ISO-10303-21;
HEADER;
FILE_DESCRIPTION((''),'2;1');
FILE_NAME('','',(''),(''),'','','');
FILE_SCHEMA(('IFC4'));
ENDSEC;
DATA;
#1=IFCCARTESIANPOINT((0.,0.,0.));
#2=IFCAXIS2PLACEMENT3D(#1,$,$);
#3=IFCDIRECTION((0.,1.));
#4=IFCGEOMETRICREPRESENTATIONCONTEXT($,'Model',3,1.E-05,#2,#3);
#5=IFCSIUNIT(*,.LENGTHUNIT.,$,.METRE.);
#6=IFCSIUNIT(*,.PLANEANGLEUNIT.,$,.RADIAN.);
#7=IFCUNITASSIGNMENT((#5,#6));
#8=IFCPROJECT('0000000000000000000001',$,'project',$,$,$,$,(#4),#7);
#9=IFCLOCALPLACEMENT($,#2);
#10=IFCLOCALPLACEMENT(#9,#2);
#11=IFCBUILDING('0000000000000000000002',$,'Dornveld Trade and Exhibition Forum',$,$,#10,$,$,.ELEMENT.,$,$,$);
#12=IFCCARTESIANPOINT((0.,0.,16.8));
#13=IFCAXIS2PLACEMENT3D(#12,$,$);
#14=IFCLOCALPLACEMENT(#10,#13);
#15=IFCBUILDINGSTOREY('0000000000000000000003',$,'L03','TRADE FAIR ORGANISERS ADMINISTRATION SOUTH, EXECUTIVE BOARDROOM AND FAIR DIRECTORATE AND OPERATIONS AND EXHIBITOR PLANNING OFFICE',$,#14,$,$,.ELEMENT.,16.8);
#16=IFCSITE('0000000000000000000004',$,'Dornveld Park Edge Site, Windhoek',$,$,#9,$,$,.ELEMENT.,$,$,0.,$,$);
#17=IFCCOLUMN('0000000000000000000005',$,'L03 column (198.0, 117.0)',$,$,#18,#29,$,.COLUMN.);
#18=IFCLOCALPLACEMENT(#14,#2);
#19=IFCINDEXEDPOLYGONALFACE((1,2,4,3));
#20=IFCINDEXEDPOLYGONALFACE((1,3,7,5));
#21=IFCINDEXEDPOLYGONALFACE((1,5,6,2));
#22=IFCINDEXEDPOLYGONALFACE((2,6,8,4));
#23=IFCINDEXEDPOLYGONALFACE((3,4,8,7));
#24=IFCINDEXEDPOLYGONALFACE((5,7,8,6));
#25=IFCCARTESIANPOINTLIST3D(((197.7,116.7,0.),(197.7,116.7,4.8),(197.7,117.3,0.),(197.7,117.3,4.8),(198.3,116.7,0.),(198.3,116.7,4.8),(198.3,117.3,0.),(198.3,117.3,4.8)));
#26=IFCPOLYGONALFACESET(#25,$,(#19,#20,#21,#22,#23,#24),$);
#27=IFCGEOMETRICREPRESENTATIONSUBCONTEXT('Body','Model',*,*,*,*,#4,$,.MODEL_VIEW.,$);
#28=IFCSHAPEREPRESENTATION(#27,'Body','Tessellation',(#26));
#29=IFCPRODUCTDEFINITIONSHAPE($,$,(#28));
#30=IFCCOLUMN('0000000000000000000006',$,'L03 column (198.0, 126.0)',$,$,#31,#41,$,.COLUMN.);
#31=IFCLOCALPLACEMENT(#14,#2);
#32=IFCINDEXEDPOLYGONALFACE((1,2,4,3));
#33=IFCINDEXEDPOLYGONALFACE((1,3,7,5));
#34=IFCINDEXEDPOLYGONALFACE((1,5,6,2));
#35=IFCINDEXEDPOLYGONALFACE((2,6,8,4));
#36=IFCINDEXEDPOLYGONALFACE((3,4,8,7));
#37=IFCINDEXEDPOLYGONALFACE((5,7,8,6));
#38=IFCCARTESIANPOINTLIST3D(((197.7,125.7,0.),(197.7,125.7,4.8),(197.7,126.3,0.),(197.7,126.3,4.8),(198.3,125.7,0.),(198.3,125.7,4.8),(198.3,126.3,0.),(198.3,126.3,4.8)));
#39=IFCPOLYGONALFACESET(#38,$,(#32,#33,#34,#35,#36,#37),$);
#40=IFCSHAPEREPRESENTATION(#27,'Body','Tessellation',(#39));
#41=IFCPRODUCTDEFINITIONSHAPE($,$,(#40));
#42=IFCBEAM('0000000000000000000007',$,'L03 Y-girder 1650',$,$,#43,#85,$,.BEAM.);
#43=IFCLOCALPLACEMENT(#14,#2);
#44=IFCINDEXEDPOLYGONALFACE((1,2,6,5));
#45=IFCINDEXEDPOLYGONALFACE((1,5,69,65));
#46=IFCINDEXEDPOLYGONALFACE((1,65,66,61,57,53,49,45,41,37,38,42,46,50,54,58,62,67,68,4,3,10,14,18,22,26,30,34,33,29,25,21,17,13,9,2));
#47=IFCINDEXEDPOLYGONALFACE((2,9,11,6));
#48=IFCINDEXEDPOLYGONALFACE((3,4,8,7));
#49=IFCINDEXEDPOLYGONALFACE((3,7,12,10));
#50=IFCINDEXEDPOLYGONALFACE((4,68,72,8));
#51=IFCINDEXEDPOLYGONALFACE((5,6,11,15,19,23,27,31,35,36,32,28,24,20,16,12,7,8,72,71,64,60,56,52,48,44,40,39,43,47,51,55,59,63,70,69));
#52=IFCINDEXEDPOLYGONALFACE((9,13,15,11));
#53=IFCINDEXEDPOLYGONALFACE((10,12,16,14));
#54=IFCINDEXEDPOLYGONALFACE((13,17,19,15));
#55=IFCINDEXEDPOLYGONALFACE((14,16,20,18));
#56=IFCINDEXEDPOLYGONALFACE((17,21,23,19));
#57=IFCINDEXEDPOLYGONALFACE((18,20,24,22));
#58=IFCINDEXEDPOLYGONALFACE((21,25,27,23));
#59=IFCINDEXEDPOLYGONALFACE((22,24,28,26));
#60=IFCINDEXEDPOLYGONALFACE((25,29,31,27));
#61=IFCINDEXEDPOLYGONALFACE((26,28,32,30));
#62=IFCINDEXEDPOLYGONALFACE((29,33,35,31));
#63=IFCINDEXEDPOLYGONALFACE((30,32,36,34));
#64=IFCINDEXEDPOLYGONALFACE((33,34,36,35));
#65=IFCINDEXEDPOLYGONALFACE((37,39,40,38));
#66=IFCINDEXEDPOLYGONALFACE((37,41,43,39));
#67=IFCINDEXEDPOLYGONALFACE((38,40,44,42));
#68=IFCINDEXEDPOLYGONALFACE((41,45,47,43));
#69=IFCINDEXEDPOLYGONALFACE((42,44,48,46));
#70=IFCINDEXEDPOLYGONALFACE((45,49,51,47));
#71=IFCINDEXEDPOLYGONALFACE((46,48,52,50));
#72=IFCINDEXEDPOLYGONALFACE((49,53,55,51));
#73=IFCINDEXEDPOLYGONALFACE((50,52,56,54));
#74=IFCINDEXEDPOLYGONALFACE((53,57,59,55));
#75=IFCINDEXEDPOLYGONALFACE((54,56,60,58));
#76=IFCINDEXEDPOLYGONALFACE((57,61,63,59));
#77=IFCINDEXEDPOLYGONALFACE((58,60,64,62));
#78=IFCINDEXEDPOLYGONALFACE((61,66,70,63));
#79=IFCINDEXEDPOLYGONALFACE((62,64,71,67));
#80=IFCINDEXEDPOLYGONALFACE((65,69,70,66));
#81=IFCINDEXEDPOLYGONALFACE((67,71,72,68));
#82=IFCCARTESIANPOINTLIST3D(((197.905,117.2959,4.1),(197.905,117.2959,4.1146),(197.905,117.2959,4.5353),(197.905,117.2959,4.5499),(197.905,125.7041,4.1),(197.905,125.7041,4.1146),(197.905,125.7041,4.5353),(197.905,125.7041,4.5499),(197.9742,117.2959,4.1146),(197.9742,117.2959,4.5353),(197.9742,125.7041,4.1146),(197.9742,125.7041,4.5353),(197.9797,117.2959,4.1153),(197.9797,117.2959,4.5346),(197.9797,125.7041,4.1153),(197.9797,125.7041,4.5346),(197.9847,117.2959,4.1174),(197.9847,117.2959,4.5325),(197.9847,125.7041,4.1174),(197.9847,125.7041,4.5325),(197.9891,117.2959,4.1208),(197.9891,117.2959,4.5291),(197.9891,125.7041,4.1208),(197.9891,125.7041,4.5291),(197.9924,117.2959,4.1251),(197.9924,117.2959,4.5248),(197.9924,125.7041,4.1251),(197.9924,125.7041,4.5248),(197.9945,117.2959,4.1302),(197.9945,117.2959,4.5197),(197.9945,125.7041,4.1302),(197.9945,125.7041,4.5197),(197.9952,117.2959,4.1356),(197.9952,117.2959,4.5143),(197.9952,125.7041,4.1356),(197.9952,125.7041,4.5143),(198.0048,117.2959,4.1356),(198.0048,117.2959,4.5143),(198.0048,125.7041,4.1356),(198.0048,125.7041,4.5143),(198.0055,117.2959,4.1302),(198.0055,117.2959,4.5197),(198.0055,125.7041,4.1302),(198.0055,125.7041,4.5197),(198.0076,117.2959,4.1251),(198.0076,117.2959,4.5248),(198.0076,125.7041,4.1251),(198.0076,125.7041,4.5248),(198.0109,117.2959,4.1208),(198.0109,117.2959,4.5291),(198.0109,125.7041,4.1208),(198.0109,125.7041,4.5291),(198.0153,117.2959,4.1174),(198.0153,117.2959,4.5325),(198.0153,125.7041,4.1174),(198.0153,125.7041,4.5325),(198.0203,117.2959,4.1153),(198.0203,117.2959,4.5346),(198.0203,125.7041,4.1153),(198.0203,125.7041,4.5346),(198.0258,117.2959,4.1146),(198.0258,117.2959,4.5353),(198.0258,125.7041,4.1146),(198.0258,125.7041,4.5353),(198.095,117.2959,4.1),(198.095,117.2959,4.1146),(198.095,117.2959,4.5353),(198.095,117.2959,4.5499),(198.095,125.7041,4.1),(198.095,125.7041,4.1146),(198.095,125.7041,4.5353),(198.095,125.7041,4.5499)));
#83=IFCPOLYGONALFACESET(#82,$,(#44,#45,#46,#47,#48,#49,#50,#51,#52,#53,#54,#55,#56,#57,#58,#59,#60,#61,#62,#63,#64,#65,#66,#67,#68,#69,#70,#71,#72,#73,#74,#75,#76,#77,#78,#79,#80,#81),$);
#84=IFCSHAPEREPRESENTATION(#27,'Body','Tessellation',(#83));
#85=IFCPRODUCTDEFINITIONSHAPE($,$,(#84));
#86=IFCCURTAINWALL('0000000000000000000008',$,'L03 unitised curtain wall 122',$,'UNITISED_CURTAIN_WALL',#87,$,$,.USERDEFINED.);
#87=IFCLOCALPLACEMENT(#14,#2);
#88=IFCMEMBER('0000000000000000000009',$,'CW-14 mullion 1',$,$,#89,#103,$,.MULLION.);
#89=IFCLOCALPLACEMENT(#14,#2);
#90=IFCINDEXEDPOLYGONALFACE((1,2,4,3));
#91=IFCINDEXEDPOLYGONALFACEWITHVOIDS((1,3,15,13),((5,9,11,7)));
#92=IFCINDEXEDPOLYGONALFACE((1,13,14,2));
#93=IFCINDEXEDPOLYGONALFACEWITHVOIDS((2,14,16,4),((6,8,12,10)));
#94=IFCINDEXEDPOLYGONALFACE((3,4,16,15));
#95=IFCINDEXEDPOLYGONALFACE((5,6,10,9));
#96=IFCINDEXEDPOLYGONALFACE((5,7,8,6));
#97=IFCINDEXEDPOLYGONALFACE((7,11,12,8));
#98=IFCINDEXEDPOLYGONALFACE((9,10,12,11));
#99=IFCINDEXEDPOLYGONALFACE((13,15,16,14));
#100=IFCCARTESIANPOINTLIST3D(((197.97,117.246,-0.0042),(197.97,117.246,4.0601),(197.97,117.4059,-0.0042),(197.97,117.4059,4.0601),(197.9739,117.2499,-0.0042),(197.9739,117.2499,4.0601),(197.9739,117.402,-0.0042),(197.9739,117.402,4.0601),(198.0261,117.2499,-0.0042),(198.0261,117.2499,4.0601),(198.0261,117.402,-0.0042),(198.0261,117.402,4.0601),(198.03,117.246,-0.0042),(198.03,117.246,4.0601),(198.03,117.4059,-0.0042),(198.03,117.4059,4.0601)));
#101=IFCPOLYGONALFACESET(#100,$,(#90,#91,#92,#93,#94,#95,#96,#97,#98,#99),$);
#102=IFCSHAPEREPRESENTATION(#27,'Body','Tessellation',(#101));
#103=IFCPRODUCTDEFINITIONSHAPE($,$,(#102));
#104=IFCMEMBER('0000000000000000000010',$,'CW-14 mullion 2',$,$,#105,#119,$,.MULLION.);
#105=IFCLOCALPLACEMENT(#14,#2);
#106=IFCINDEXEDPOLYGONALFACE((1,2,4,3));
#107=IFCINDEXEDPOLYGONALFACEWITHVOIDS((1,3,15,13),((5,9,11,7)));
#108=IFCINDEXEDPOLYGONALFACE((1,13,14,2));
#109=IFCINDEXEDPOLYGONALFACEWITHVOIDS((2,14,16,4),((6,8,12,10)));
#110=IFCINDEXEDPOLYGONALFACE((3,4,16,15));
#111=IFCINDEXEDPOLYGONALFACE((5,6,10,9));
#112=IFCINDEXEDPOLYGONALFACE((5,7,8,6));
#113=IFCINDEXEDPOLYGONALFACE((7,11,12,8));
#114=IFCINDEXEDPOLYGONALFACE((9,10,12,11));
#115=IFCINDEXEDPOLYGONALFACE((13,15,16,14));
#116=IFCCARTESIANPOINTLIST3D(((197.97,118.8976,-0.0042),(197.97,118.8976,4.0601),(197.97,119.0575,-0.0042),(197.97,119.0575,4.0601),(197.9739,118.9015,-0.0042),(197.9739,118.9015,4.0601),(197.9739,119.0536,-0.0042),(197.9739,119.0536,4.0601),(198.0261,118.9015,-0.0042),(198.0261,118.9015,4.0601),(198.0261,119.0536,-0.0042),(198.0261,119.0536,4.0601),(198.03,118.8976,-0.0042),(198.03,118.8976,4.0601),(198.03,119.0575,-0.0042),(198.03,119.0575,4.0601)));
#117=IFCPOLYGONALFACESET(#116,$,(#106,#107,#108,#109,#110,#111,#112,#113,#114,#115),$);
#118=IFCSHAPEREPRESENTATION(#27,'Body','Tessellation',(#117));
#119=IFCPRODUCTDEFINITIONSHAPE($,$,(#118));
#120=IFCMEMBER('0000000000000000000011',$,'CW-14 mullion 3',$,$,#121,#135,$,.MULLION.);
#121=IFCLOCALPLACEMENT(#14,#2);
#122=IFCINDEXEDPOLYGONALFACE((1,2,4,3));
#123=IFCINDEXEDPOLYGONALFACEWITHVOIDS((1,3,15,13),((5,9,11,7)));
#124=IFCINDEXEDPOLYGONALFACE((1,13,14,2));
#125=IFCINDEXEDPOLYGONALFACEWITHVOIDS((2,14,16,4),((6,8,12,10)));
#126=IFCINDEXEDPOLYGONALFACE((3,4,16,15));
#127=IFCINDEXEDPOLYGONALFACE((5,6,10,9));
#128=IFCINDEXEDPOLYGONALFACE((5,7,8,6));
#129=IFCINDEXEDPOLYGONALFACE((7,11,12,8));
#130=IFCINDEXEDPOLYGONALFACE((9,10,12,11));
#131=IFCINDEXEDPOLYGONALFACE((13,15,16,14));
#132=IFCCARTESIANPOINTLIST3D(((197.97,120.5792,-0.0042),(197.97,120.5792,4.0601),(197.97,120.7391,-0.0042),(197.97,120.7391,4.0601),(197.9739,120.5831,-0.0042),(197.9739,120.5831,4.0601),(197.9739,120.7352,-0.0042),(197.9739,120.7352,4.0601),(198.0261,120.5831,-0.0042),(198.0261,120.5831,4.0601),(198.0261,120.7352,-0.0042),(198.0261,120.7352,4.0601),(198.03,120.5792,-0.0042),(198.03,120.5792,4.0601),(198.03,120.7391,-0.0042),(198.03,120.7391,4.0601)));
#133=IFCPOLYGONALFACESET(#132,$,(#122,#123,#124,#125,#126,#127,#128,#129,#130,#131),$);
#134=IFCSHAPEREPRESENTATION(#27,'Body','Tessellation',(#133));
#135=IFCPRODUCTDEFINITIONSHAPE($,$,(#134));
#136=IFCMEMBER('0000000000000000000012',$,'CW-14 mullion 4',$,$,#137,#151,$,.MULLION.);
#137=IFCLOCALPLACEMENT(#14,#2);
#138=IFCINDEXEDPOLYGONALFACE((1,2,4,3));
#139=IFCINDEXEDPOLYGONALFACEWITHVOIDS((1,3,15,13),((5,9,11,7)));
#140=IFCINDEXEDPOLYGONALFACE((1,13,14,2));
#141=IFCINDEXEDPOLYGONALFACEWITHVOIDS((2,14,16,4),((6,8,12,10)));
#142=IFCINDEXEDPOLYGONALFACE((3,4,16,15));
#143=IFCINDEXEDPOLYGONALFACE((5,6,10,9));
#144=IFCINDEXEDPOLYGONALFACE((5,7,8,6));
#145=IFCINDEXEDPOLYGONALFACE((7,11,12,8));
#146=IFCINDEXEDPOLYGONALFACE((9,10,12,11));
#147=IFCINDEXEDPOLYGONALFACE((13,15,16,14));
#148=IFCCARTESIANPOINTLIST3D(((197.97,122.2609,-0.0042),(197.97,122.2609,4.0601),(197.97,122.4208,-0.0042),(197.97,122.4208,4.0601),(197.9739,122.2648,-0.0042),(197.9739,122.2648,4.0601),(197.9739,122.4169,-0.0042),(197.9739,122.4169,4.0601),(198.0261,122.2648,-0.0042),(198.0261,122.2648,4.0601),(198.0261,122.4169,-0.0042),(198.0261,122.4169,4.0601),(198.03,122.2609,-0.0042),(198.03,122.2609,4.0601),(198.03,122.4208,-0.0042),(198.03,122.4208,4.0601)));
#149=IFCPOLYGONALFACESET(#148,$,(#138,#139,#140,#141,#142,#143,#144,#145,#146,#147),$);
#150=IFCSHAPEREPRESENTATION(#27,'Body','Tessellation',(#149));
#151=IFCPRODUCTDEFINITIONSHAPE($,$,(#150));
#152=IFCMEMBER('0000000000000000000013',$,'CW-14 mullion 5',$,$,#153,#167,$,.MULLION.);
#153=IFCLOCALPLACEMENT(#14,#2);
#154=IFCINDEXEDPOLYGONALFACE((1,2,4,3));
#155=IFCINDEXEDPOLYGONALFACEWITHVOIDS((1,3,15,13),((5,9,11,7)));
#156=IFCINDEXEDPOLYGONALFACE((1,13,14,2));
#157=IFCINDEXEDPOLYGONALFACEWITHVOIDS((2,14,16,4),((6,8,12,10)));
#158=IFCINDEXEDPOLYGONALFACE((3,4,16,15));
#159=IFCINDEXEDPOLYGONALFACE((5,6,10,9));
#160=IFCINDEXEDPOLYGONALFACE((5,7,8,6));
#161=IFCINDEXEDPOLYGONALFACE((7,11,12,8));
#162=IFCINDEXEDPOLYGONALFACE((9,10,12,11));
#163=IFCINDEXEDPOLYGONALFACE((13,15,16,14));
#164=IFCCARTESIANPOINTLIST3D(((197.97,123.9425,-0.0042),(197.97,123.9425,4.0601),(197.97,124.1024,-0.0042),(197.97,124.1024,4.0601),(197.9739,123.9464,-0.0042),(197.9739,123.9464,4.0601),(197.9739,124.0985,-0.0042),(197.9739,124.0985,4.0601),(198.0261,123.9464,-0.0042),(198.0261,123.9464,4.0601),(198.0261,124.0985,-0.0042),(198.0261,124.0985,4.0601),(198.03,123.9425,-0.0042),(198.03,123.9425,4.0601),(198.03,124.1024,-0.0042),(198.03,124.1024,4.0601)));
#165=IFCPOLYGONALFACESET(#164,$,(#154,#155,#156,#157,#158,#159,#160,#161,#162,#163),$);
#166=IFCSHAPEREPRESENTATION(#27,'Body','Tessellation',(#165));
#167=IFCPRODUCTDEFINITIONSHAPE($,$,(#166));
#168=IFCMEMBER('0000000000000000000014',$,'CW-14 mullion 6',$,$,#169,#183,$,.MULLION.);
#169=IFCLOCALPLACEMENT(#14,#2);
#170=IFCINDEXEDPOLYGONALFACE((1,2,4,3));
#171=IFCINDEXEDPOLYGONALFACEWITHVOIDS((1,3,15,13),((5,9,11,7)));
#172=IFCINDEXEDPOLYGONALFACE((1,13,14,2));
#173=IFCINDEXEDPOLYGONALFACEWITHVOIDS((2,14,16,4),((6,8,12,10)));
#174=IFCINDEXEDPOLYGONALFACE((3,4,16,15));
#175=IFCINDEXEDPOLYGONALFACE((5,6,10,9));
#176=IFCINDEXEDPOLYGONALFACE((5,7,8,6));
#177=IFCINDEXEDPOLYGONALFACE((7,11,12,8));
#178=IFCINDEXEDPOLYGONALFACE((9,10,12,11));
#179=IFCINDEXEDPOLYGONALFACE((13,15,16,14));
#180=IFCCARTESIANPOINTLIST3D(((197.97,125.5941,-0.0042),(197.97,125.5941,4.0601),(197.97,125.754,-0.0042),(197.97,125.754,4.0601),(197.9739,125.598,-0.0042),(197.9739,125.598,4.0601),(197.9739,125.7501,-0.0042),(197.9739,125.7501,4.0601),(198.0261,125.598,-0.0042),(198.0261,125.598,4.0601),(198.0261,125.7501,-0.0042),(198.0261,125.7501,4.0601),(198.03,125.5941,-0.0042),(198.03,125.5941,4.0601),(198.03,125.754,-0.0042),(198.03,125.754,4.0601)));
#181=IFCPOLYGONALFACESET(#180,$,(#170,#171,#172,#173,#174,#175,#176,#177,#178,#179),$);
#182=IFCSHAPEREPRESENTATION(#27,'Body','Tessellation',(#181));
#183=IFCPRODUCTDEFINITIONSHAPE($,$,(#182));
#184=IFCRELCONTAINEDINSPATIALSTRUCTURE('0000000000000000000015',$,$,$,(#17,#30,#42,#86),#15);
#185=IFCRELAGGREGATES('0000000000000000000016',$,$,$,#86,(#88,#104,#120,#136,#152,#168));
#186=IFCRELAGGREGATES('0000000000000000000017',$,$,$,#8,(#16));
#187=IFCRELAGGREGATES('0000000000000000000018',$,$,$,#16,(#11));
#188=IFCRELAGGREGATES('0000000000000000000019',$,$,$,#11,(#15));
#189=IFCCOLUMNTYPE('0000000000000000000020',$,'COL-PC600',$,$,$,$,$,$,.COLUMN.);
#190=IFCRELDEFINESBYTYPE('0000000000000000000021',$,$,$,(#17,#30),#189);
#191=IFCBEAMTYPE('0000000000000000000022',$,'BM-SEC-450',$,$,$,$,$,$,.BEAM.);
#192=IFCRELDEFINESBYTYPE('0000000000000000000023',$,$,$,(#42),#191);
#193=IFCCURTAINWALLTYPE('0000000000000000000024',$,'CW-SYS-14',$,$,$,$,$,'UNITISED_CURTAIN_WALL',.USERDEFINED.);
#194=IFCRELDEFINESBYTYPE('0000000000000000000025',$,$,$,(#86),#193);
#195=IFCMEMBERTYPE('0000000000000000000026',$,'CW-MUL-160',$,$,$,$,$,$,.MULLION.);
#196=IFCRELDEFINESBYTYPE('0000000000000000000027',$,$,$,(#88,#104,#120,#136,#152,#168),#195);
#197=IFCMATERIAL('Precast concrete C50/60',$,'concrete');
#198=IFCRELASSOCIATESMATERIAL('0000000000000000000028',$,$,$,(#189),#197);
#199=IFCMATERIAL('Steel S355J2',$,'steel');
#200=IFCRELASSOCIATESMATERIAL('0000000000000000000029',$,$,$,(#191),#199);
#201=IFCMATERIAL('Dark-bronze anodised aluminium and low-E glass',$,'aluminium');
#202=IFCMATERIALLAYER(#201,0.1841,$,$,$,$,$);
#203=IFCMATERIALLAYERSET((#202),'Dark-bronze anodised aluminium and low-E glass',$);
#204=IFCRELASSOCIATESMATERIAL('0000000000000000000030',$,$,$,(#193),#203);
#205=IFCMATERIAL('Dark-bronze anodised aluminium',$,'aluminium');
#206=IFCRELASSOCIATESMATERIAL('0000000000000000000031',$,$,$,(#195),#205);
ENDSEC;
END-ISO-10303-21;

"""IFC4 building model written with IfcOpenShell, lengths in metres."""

from ifc_helpers import new_model, si_unit, direction, frame, origin, origin_2d, place, context, subcontext, project, spatial, rectangle, hollow_rectangle, i_section, extrude, material, layer, layer_set, material_profile, profile_set, type_object, element, aggregate, save


model = new_model("IFC4")

# Units and contexts
model_context = context("Model", 3, precision=1e-05, world=origin(), true_north=direction((0.0, 1.0)))
body_context = subcontext(model_context, "Body", "Model", "MODEL_VIEW")
ifc_project = project(units=[si_unit("LENGTHUNIT", "METRE"), si_unit("PLANEANGLEUNIT", "RADIAN")], contexts=[model_context])

# Site, building, storey
site_placement = place(None, origin())
site = spatial("IfcSite", under=ifc_project, at=site_placement, Name="Dornveld Park Edge Site, Windhoek", CompositionType="ELEMENT", RefElevation=0.0)
building_placement = place(site_placement, origin())
building = spatial("IfcBuilding", under=site, at=building_placement, Name="Dornveld Trade and Exhibition Forum", CompositionType="ELEMENT")
storey_placement = place(building_placement, frame((0.0, 0.0, 16.8)))
storey = spatial("IfcBuildingStorey", under=building, at=storey_placement, Name="L03", Description="TRADE FAIR ORGANISERS ADMINISTRATION SOUTH, EXECUTIVE BOARDROOM AND FAIR DIRECTORATE AND OPERATIONS AND EXHIBITOR PLANNING OFFICE", CompositionType="ELEMENT", Elevation=16.8)

# Columns
ifc_material_1 = material(Name="Precast concrete C50/60", Category="concrete")
ifc_material_profile_1 = material_profile(ifc_material_1, rectangle(XDim=0.6001, YDim=0.6001, at=origin_2d()), Name="PC-COL 600x600")
ifc_profile_set_1 = profile_set([ifc_material_profile_1], Name="Precast concrete C50/60")
column_type = type_object("IfcColumnType", Name="COL-PC600", PredefinedType="COLUMN", material=ifc_profile_set_1)
for number, where, z_axis, x_axis, name in (
    (1, (198.0, 117.0, 0.0), (0.0, 0.0, 1.0), (1.0, 0.0, 0.0), "L03 column (198.0, 117.0)"),
    (2, (198.0, 126.0, 0.0), (0.0, 0.0, 1.0), (1.0, 0.0, 0.0), "L03 column (198.0, 126.0)"),
):
    element("IfcColumn", number, at=place(storey_placement, frame(where, z_axis=z_axis, x_axis=x_axis)), inside=storey, type_object=column_type, Name=name, PredefinedType="COLUMN", context=body_context, shape_type="SweptSolid", body=[
        extrude(rectangle(XDim=0.6001, YDim=0.6001, at=origin_2d()), origin(), (0.0, 0.0, 1.0), 4.8),
    ])

# Beam
ifc_material_2 = material(Name="Steel S355J2", Category="steel")
ifc_material_profile_2 = material_profile(ifc_material_2, i_section(OverallWidth=0.1899, OverallDepth=0.45, WebThickness=0.0095, FlangeThickness=0.0146, FilletRadius=0.021, at=origin_2d()), Name="IPE 450")
ifc_profile_set_2 = profile_set([ifc_material_profile_2], Name="Steel S355J2")
beam_type = type_object("IfcBeamType", Name="BM-SEC-450", PredefinedType="BEAM", material=ifc_profile_set_2)
beam_placement = place(storey_placement, frame((198.0, 117.2959, 4.325), z_axis=(0.0, 1.0, 0.0), x_axis=(-1.0, 0.0, 0.0)))
element("IfcBeam", 3, at=beam_placement, inside=storey, type_object=beam_type, Name="L03 Y-girder 1650", PredefinedType="BEAM", context=body_context, shape_type="SweptSolid", body=[
    extrude(i_section(OverallWidth=0.1899, OverallDepth=0.45, WebThickness=0.0095, FlangeThickness=0.0146, FilletRadius=0.021, at=origin_2d()), origin(), (0.0, 0.0, 1.0), 8.4082),
])

# Curtain wall, members
ifc_material_3 = material(Name="Dark-bronze anodised aluminium and low-E glass", Category="aluminium")
ifc_layer_1 = layer(ifc_material_3, 0.1841)
ifc_layer_set_1 = layer_set([ifc_layer_1], Name="Dark-bronze anodised aluminium and low-E glass")
curtain_wall_type = type_object("IfcCurtainWallType", Name="CW-SYS-14", ElementType="UNITISED_CURTAIN_WALL", PredefinedType="USERDEFINED", material=ifc_layer_set_1)
curtain_wall_placement = place(storey_placement, origin())
curtain_wall = element("IfcCurtainWall", 4, at=curtain_wall_placement, inside=storey, type_object=curtain_wall_type, Name="L03 unitised curtain wall 122", ObjectType="UNITISED_CURTAIN_WALL", PredefinedType="USERDEFINED")
ifc_material_4 = material(Name="Dark-bronze anodised aluminium", Category="aluminium")
ifc_material_profile_3 = material_profile(ifc_material_4, hollow_rectangle(XDim=0.0601, YDim=0.1599, WallThickness=0.0039, at=origin_2d()), Name="RHS 160x60x4")
ifc_profile_set_3 = profile_set([ifc_material_profile_3], Name="Dark-bronze anodised aluminium")
member_type_1 = type_object("IfcMemberType", Name="CW-MUL-160", PredefinedType="MULLION", material=ifc_profile_set_3)
member_1_placement = place(storey_placement, frame((198.0, 117.3259, -0.0042), z_axis=(0.0, 0.0, 1.0), x_axis=(-1.0, 0.0, 0.0)))
member_1 = element("IfcMember", 5, at=member_1_placement, type_object=member_type_1, Name="CW-14 mullion 1", PredefinedType="MULLION", context=body_context, shape_type="SweptSolid", body=[
    extrude(hollow_rectangle(XDim=0.0601, YDim=0.1599, WallThickness=0.0039, at=origin_2d()), origin(), (0.0, 0.0, 1.0), 4.0642),
])
member_2_placement = place(storey_placement, frame((198.0, 118.9775, -0.0042), z_axis=(0.0, 0.0, 1.0), x_axis=(-1.0, 0.0, 0.0)))
member_2 = element("IfcMember", 6, at=member_2_placement, type_object=member_type_1, Name="CW-14 mullion 2", PredefinedType="MULLION", context=body_context, shape_type="SweptSolid", body=[
    extrude(hollow_rectangle(XDim=0.0601, YDim=0.1599, WallThickness=0.0039, at=origin_2d()), origin(), (0.0, 0.0, 1.0), 4.0642),
])
member_3_placement = place(storey_placement, frame((198.0, 120.6592, -0.0042), z_axis=(0.0, 0.0, 1.0), x_axis=(-1.0, 0.0, 0.0)))
member_3 = element("IfcMember", 7, at=member_3_placement, type_object=member_type_1, Name="CW-14 mullion 3", PredefinedType="MULLION", context=body_context, shape_type="SweptSolid", body=[
    extrude(hollow_rectangle(XDim=0.0601, YDim=0.1599, WallThickness=0.0039, at=origin_2d()), origin(), (0.0, 0.0, 1.0), 4.0642),
])
member_4_placement = place(storey_placement, frame((198.0, 122.3408, -0.0042), z_axis=(0.0, 0.0, 1.0), x_axis=(-1.0, 0.0, 0.0)))
member_4 = element("IfcMember", 8, at=member_4_placement, type_object=member_type_1, Name="CW-14 mullion 4", PredefinedType="MULLION", context=body_context, shape_type="SweptSolid", body=[
    extrude(hollow_rectangle(XDim=0.0601, YDim=0.1599, WallThickness=0.0039, at=origin_2d()), origin(), (0.0, 0.0, 1.0), 4.0642),
])
member_5_placement = place(storey_placement, frame((198.0, 124.0225, -0.0042), z_axis=(0.0, 0.0, 1.0), x_axis=(-1.0, 0.0, 0.0)))
member_5 = element("IfcMember", 9, at=member_5_placement, type_object=member_type_1, Name="CW-14 mullion 5", PredefinedType="MULLION", context=body_context, shape_type="SweptSolid", body=[
    extrude(hollow_rectangle(XDim=0.0601, YDim=0.1599, WallThickness=0.0039, at=origin_2d()), origin(), (0.0, 0.0, 1.0), 4.0642),
])
member_6_placement = place(storey_placement, frame((198.0, 125.6741, -0.0042), z_axis=(0.0, 0.0, 1.0), x_axis=(-1.0, 0.0, 0.0)))
member_6 = element("IfcMember", 10, at=member_6_placement, type_object=member_type_1, Name="CW-14 mullion 6", PredefinedType="MULLION", context=body_context, shape_type="SweptSolid", body=[
    extrude(hollow_rectangle(XDim=0.0601, YDim=0.1599, WallThickness=0.0039, at=origin_2d()), origin(), (0.0, 0.0, 1.0), 4.0642),
])
aggregate(curtain_wall, [member_1, member_2, member_3, member_4, member_5, member_6])

save(model, "model.ifc")
